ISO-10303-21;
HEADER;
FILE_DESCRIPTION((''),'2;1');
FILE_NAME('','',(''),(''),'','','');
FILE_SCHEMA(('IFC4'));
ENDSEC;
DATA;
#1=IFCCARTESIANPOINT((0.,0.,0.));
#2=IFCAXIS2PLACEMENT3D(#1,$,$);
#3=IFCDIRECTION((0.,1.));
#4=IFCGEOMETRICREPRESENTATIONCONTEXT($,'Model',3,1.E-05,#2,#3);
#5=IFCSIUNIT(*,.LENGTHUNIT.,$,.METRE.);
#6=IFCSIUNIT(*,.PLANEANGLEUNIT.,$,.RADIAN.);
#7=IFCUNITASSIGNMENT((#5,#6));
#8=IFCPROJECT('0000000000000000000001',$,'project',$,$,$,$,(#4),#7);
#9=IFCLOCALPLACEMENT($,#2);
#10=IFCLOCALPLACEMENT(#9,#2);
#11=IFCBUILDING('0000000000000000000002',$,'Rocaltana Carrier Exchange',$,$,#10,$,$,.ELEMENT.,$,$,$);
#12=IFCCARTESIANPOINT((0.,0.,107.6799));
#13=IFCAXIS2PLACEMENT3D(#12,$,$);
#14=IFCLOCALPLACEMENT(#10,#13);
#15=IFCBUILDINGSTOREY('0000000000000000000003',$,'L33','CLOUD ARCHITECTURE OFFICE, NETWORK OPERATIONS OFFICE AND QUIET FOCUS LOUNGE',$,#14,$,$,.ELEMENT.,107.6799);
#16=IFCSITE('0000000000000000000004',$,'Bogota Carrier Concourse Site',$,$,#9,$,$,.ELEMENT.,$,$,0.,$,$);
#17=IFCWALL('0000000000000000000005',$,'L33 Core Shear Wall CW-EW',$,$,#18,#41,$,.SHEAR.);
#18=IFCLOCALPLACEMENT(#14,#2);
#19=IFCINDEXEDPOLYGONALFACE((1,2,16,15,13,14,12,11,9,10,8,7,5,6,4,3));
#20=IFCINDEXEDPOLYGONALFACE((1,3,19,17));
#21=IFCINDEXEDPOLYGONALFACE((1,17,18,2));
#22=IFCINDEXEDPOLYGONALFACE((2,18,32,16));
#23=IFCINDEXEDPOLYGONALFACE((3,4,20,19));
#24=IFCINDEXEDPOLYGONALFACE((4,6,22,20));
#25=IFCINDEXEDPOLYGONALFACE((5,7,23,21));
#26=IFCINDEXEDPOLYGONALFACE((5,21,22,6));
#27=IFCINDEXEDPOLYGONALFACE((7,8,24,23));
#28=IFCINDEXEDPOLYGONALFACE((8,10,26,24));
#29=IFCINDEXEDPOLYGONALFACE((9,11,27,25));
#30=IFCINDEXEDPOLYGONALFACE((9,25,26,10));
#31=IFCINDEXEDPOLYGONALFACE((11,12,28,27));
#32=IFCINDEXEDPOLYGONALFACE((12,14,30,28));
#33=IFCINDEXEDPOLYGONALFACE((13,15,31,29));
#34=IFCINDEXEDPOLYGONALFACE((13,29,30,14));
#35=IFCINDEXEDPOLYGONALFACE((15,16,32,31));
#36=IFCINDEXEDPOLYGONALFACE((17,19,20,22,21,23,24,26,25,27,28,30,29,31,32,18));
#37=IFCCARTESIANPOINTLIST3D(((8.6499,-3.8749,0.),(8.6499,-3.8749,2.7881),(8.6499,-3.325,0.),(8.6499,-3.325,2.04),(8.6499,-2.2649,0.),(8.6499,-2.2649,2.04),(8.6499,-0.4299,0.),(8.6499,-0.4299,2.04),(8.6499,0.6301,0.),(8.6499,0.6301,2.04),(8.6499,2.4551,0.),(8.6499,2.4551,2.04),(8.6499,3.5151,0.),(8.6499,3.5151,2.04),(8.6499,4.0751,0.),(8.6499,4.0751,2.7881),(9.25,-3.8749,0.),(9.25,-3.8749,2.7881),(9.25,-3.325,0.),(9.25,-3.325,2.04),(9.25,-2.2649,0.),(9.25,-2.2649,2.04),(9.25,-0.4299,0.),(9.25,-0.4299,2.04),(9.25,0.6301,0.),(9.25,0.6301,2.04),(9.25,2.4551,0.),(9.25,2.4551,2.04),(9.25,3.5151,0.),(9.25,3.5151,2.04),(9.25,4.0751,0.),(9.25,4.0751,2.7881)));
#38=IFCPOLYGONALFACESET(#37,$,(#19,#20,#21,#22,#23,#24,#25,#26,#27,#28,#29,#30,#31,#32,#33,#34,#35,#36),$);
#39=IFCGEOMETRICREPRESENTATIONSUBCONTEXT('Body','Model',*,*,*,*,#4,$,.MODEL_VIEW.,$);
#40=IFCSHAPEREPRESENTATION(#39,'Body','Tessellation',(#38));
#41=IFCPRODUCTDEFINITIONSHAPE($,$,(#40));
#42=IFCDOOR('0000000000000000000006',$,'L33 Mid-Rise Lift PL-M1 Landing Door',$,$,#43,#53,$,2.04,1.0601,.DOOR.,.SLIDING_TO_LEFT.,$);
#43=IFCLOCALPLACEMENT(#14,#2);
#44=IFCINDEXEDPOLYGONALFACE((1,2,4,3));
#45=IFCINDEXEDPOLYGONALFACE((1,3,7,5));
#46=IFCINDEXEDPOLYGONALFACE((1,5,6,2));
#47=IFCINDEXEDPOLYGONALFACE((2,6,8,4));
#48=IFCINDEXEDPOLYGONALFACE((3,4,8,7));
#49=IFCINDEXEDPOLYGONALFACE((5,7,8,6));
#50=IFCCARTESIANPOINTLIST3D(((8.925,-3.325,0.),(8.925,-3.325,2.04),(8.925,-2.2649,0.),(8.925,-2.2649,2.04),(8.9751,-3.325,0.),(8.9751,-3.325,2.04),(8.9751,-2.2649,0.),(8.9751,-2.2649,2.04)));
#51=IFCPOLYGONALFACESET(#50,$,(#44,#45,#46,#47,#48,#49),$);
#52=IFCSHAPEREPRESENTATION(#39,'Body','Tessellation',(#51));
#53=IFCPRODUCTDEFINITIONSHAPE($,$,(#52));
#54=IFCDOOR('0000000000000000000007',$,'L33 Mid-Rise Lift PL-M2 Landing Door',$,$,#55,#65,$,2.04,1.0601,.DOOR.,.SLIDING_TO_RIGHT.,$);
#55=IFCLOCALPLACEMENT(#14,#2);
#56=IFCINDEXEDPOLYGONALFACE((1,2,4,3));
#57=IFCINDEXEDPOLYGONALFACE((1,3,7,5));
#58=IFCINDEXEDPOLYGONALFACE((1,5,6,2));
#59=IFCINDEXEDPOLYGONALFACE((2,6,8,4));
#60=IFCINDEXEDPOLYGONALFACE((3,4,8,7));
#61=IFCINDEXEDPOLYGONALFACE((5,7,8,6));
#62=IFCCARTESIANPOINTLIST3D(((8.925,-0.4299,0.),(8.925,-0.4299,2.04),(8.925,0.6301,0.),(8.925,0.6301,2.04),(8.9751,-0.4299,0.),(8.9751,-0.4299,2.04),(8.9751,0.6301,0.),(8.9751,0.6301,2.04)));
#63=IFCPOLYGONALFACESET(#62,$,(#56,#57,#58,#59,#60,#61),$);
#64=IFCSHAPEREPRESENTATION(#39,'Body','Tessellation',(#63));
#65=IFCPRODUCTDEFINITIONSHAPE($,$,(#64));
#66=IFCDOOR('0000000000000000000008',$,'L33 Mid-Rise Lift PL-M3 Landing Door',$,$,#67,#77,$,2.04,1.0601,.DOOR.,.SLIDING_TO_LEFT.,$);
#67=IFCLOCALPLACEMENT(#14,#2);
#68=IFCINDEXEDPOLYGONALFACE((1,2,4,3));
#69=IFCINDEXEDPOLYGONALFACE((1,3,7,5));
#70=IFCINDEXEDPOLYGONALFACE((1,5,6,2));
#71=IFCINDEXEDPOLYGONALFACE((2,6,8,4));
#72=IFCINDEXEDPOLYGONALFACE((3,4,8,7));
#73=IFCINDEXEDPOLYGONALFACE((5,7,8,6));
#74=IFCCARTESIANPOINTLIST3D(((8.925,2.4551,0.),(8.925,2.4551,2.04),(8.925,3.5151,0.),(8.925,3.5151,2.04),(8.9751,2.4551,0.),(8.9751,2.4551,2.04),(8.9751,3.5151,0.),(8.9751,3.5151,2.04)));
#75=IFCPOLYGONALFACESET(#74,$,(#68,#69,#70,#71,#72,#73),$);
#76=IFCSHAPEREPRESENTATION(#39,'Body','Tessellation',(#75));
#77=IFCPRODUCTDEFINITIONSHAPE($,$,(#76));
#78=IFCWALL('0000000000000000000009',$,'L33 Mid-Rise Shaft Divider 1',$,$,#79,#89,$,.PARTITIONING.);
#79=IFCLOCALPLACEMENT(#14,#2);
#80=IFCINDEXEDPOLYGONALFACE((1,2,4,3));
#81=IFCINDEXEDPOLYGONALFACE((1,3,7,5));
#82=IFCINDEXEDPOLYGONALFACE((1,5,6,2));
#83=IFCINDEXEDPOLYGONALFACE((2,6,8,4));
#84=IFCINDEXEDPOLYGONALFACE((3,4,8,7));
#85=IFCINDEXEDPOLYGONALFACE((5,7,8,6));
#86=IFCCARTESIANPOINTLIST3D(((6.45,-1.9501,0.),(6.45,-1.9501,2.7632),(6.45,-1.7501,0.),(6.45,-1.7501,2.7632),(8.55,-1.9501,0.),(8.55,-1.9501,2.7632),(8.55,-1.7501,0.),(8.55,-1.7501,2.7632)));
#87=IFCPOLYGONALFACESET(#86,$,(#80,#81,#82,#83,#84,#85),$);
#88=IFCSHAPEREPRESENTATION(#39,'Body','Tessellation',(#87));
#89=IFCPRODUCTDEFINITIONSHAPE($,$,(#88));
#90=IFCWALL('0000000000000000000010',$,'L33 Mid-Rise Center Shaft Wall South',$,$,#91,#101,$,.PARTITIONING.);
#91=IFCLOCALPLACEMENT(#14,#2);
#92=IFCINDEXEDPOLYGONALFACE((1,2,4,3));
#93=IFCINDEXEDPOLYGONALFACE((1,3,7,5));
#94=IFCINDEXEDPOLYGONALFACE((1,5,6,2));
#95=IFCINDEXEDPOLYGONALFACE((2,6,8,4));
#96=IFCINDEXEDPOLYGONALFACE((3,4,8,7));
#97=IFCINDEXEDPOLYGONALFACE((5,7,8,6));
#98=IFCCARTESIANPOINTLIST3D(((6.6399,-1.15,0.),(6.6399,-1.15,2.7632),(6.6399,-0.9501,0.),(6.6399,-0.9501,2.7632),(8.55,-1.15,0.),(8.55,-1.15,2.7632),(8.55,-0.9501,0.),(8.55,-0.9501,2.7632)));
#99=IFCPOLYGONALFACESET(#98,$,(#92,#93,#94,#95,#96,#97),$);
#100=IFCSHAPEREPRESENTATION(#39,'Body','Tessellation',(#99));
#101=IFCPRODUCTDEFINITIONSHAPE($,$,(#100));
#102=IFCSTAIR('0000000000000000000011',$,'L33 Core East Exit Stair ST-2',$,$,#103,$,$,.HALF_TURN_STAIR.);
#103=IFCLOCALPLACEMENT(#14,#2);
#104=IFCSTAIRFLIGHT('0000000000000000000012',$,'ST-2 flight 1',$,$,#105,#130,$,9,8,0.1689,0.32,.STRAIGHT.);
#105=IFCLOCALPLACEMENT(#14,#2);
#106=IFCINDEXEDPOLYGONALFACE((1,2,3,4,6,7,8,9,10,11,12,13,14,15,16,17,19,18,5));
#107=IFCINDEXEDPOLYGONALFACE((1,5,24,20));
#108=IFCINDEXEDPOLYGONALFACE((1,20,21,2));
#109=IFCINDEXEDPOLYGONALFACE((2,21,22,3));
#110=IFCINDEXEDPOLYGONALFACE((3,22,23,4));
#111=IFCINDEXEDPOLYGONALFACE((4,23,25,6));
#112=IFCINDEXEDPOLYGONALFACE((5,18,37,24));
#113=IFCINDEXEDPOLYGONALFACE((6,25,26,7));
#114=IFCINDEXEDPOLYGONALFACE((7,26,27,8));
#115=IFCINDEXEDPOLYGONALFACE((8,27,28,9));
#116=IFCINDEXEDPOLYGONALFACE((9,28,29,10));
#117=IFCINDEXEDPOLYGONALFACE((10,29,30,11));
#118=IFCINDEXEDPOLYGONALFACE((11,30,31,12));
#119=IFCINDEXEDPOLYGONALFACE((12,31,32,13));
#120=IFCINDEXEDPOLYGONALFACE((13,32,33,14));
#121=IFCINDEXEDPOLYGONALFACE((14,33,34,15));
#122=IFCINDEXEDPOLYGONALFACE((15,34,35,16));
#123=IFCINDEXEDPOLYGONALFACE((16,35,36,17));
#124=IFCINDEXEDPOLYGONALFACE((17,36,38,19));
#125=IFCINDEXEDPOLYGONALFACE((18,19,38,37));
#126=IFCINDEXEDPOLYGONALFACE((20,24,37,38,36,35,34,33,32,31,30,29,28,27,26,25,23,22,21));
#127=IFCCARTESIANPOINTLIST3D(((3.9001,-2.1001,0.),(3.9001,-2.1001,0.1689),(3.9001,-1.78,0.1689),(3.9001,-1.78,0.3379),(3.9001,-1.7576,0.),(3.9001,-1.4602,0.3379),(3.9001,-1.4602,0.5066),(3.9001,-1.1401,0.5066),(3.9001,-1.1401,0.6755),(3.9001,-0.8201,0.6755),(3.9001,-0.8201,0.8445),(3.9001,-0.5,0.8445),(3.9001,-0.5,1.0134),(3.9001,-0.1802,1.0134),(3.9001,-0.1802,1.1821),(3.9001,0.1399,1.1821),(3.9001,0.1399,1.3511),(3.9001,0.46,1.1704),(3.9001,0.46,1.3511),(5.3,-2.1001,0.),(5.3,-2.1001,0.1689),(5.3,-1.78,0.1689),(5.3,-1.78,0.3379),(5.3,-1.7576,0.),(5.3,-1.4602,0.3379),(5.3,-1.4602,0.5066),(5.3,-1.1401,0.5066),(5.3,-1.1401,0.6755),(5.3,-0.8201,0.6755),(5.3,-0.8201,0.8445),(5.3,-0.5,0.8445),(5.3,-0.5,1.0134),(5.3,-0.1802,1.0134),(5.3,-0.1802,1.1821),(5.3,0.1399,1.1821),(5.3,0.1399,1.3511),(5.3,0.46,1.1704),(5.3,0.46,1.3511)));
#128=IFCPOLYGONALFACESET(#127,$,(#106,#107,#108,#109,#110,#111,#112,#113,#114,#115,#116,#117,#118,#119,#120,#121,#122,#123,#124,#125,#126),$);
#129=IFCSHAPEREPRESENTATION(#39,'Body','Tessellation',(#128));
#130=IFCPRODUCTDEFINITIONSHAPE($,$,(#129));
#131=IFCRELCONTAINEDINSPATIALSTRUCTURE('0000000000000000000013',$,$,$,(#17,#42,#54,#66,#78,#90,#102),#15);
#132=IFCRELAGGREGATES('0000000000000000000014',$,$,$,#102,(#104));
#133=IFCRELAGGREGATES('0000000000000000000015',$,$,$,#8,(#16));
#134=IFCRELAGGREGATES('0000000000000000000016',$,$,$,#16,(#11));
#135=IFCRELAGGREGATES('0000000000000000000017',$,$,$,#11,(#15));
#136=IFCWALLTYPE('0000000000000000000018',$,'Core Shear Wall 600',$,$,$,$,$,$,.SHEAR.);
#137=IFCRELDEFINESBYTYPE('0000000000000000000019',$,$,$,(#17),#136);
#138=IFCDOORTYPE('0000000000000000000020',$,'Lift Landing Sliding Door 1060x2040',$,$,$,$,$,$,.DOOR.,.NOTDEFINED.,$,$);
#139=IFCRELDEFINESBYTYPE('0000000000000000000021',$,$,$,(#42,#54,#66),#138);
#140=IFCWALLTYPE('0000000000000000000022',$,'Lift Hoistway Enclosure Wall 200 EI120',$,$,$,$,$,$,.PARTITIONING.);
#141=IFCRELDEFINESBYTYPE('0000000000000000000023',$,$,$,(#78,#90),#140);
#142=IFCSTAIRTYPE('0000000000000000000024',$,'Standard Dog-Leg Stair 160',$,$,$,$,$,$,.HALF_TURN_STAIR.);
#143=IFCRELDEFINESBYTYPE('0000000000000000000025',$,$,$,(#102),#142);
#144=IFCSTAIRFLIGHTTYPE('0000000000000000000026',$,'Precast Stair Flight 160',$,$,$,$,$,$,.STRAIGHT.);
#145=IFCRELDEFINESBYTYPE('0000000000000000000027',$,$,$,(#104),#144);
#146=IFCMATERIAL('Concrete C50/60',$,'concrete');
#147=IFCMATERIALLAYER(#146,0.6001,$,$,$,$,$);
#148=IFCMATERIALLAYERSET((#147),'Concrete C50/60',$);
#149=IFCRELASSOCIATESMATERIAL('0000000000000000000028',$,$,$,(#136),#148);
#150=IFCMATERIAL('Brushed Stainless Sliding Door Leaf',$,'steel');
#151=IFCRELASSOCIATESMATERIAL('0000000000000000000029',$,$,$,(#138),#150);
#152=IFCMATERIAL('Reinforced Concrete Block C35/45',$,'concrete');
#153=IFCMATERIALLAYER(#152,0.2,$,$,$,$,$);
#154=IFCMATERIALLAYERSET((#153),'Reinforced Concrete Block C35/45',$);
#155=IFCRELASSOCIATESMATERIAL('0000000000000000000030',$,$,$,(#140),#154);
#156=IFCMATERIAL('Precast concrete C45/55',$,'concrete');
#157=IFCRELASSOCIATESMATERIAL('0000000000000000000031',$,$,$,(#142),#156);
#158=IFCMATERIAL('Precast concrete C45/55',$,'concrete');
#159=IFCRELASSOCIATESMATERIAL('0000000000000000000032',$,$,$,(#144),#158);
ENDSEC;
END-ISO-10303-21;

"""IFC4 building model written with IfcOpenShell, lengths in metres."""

from ifc_helpers import new_model, si_unit, direction, frame, frame_2d, origin, place, context, subcontext, project, spatial, polyline, rectangle, outline, extrude, material, layer, layer_set, type_object, element, fill, aggregate, save


model = new_model("IFC4")

# Units and contexts
model_context = context("Model", 3, precision=1e-05, world=origin(), true_north=direction((0.0, 1.0)))
body_context = subcontext(model_context, "Body", "Model", "MODEL_VIEW")
ifc_project = project(units=[si_unit("LENGTHUNIT", "METRE"), si_unit("PLANEANGLEUNIT", "RADIAN")], contexts=[model_context])

# Site, building, storey
site_placement = place(None, origin())
site = spatial("IfcSite", under=ifc_project, at=site_placement, Name="Bogota Carrier Concourse Site", CompositionType="ELEMENT", RefElevation=0.0)
building_placement = place(site_placement, origin())
building = spatial("IfcBuilding", under=site, at=building_placement, Name="Rocaltana Carrier Exchange", CompositionType="ELEMENT")
storey_placement = place(building_placement, frame((0.0, 0.0, 107.6799)))
storey = spatial("IfcBuildingStorey", under=building, at=storey_placement, Name="L33", Description="CLOUD ARCHITECTURE OFFICE, NETWORK OPERATIONS OFFICE AND QUIET FOCUS LOUNGE", CompositionType="ELEMENT", Elevation=107.6799)

# Shared definitions
ifc_material_1 = material(Name="Concrete C50/60", Category="concrete")
ifc_layer_1 = layer(ifc_material_1, 0.6001)
ifc_layer_set_1 = layer_set([ifc_layer_1], Name="Concrete C50/60")
wall_type_1 = type_object("IfcWallType", Name="Core Shear Wall 600", PredefinedType="SHEAR", material=ifc_layer_set_1)

# Wall, openings, doors
wall_1_placement = place(storey_placement, frame((8.95, -3.875, 0.0), z_axis=(0.0, 0.0, 1.0), x_axis=(0.0, 1.0, 0.0)))
wall_1 = element("IfcWall", 1, at=wall_1_placement, inside=storey, type_object=wall_type_1, Name="L33 Core Shear Wall CW-EW", PredefinedType="SHEAR", context=body_context, shape_type="SweptSolid", body=[
    extrude(rectangle(XDim=7.95, YDim=0.6001, at=frame_2d((3.9751, 0.0))), origin(), (0.0, 0.0, 1.0), 2.7881),
])
opening_1_placement = place(wall_1_placement, frame((0.55, 0.0, 0.0)))
opening_1 = element("IfcOpeningElement", 2, at=opening_1_placement, cuts=wall_1, PredefinedType="OPENING", context=body_context, shape_type="SweptSolid", body=[
    extrude(rectangle(XDim=1.0601, YDim=2.04, at=frame_2d((0.53, 1.02))), frame((0.0, 0.3101, 0.0), z_axis=(0.0, -1.0, 0.0), x_axis=(1.0, 0.0, 0.0)), (0.0, 0.0, 1.0), 0.6201),
])
opening_2_placement = place(wall_1_placement, frame((3.4451, 0.0, 0.0)))
opening_2 = element("IfcOpeningElement", 3, at=opening_2_placement, cuts=wall_1, PredefinedType="OPENING", context=body_context, shape_type="SweptSolid", body=[
    extrude(rectangle(XDim=1.0601, YDim=2.04, at=frame_2d((0.53, 1.02))), frame((0.0, 0.3101, 0.0), z_axis=(0.0, -1.0, 0.0), x_axis=(1.0, 0.0, 0.0)), (0.0, 0.0, 1.0), 0.6201),
])
opening_3_placement = place(wall_1_placement, frame((6.3301, 0.0, 0.0)))
opening_3 = element("IfcOpeningElement", 4, at=opening_3_placement, cuts=wall_1, PredefinedType="OPENING", context=body_context, shape_type="SweptSolid", body=[
    extrude(rectangle(XDim=1.0601, YDim=2.04, at=frame_2d((0.53, 1.02))), frame((0.0, 0.3101, 0.0), z_axis=(0.0, -1.0, 0.0), x_axis=(1.0, 0.0, 0.0)), (0.0, 0.0, 1.0), 0.6201),
])
ifc_material_2 = material(Name="Brushed Stainless Sliding Door Leaf", Category="steel")
door_type = type_object("IfcDoorType", Name="Lift Landing Sliding Door 1060x2040", OperationType="NOTDEFINED", PredefinedType="DOOR", material=ifc_material_2)
door_1_placement = place(opening_1_placement, origin())
door_1 = element("IfcDoor", 5, at=door_1_placement, inside=storey, type_object=door_type, Name="L33 Mid-Rise Lift PL-M1 Landing Door", OperationType="SLIDING_TO_LEFT", OverallHeight=2.04, OverallWidth=1.0601, PredefinedType="DOOR", context=body_context, shape_type="SweptSolid", body=[
    extrude(rectangle(XDim=1.0601, YDim=2.04, at=frame_2d((0.53, 1.02))), frame((0.0, 0.0249, 0.0), z_axis=(0.0, -1.0, 0.0), x_axis=(1.0, 0.0, 0.0)), (0.0, 0.0, 1.0), 0.05),
])
fill(opening_1, door_1)
door_2_placement = place(opening_2_placement, origin())
door_2 = element("IfcDoor", 6, at=door_2_placement, inside=storey, type_object=door_type, Name="L33 Mid-Rise Lift PL-M2 Landing Door", OperationType="SLIDING_TO_RIGHT", OverallHeight=2.04, OverallWidth=1.0601, PredefinedType="DOOR", context=body_context, shape_type="SweptSolid", body=[
    extrude(rectangle(XDim=1.0601, YDim=2.04, at=frame_2d((0.53, 1.02))), frame((0.0, 0.0249, 0.0), z_axis=(0.0, -1.0, 0.0), x_axis=(1.0, 0.0, 0.0)), (0.0, 0.0, 1.0), 0.05),
])
fill(opening_2, door_2)
door_3_placement = place(opening_3_placement, origin())
door_3 = element("IfcDoor", 7, at=door_3_placement, inside=storey, type_object=door_type, Name="L33 Mid-Rise Lift PL-M3 Landing Door", OperationType="SLIDING_TO_LEFT", OverallHeight=2.04, OverallWidth=1.0601, PredefinedType="DOOR", context=body_context, shape_type="SweptSolid", body=[
    extrude(rectangle(XDim=1.0601, YDim=2.04, at=frame_2d((0.53, 1.02))), frame((0.0, 0.0249, 0.0), z_axis=(0.0, -1.0, 0.0), x_axis=(1.0, 0.0, 0.0)), (0.0, 0.0, 1.0), 0.05),
])
fill(opening_3, door_3)

# Walls
ifc_material_3 = material(Name="Reinforced Concrete Block C35/45", Category="concrete")
ifc_layer_2 = layer(ifc_material_3, 0.2)
ifc_layer_set_2 = layer_set([ifc_layer_2], Name="Reinforced Concrete Block C35/45")
wall_type_2 = type_object("IfcWallType", Name="Lift Hoistway Enclosure Wall 200 EI120", PredefinedType="PARTITIONING", material=ifc_layer_set_2)
wall_2_placement = place(storey_placement, frame((6.45, -1.8501, 0.0), z_axis=(0.0, 0.0, 1.0), x_axis=(1.0, 0.0, 0.0)))
element("IfcWall", 8, at=wall_2_placement, inside=storey, type_object=wall_type_2, Name="L33 Mid-Rise Shaft Divider 1", PredefinedType="PARTITIONING", context=body_context, shape_type="SweptSolid", body=[
    extrude(rectangle(XDim=2.1001, YDim=0.2, at=frame_2d((1.05, 0.0))), origin(), (0.0, 0.0, 1.0), 2.7632),
])
wall_3_placement = place(storey_placement, frame((6.6399, -1.05, 0.0), z_axis=(0.0, 0.0, 1.0), x_axis=(1.0, 0.0, 0.0)))
element("IfcWall", 9, at=wall_3_placement, inside=storey, type_object=wall_type_2, Name="L33 Mid-Rise Center Shaft Wall South", PredefinedType="PARTITIONING", context=body_context, shape_type="SweptSolid", body=[
    extrude(rectangle(XDim=1.9102, YDim=0.2, at=frame_2d((0.9551, 0.0))), origin(), (0.0, 0.0, 1.0), 2.7632),
])

# Stair, stair flight
ifc_material_4 = material(Name="Precast concrete C45/55", Category="concrete")
stair_type = type_object("IfcStairType", Name="Standard Dog-Leg Stair 160", PredefinedType="HALF_TURN_STAIR", material=ifc_material_4)
stair_placement = place(storey_placement, origin())
stair = element("IfcStair", 10, at=stair_placement, inside=storey, type_object=stair_type, Name="L33 Core East Exit Stair ST-2", PredefinedType="HALF_TURN_STAIR")
ifc_material_5 = material(Name="Precast concrete C45/55", Category="concrete")
stair_flight_type = type_object("IfcStairFlightType", Name="Precast Stair Flight 160", PredefinedType="STRAIGHT", material=ifc_material_5)
stair_flight_placement = place(storey_placement, frame((4.6001, -2.1001, 0.0), z_axis=(0.0, 0.0, 1.0), x_axis=(0.0, 1.0, 0.0)))
stair_flight = element("IfcStairFlight", 11, at=stair_flight_placement, type_object=stair_flight_type, Name="ST-2 flight 1", NumberOfRisers=9, NumberOfTreads=8, PredefinedType="STRAIGHT", RiserHeight=0.1689, TreadLength=0.32, context=body_context, shape_type="SweptSolid", body=[
    extrude(outline(polyline([(0.0, 0.0), (0.0, 0.1689), (0.3201, 0.1689), (0.3201, 0.3379), (0.6399, 0.3379), (0.6399, 0.5066), (0.96, 0.5066), (0.96, 0.6755), (1.28, 0.6755), (1.28, 0.8445), (1.6001, 0.8445), (1.6001, 1.0134), (1.9199, 1.0134), (1.9199, 1.1821), (2.24, 1.1821), (2.24, 1.3511), (2.5601, 1.3511), (2.5601, 1.52), (2.5601, 1.1704), (0.3425, 0.0), (0.0, 0.0)])), frame((0.0, 0.7, 0.0), z_axis=(0.0, -1.0, 0.0), x_axis=(1.0, 0.0, 0.0)), (0.0, 0.0, 1.0), 1.3999),
])
aggregate(stair, [stair_flight])

save(model, "model.ifc")
